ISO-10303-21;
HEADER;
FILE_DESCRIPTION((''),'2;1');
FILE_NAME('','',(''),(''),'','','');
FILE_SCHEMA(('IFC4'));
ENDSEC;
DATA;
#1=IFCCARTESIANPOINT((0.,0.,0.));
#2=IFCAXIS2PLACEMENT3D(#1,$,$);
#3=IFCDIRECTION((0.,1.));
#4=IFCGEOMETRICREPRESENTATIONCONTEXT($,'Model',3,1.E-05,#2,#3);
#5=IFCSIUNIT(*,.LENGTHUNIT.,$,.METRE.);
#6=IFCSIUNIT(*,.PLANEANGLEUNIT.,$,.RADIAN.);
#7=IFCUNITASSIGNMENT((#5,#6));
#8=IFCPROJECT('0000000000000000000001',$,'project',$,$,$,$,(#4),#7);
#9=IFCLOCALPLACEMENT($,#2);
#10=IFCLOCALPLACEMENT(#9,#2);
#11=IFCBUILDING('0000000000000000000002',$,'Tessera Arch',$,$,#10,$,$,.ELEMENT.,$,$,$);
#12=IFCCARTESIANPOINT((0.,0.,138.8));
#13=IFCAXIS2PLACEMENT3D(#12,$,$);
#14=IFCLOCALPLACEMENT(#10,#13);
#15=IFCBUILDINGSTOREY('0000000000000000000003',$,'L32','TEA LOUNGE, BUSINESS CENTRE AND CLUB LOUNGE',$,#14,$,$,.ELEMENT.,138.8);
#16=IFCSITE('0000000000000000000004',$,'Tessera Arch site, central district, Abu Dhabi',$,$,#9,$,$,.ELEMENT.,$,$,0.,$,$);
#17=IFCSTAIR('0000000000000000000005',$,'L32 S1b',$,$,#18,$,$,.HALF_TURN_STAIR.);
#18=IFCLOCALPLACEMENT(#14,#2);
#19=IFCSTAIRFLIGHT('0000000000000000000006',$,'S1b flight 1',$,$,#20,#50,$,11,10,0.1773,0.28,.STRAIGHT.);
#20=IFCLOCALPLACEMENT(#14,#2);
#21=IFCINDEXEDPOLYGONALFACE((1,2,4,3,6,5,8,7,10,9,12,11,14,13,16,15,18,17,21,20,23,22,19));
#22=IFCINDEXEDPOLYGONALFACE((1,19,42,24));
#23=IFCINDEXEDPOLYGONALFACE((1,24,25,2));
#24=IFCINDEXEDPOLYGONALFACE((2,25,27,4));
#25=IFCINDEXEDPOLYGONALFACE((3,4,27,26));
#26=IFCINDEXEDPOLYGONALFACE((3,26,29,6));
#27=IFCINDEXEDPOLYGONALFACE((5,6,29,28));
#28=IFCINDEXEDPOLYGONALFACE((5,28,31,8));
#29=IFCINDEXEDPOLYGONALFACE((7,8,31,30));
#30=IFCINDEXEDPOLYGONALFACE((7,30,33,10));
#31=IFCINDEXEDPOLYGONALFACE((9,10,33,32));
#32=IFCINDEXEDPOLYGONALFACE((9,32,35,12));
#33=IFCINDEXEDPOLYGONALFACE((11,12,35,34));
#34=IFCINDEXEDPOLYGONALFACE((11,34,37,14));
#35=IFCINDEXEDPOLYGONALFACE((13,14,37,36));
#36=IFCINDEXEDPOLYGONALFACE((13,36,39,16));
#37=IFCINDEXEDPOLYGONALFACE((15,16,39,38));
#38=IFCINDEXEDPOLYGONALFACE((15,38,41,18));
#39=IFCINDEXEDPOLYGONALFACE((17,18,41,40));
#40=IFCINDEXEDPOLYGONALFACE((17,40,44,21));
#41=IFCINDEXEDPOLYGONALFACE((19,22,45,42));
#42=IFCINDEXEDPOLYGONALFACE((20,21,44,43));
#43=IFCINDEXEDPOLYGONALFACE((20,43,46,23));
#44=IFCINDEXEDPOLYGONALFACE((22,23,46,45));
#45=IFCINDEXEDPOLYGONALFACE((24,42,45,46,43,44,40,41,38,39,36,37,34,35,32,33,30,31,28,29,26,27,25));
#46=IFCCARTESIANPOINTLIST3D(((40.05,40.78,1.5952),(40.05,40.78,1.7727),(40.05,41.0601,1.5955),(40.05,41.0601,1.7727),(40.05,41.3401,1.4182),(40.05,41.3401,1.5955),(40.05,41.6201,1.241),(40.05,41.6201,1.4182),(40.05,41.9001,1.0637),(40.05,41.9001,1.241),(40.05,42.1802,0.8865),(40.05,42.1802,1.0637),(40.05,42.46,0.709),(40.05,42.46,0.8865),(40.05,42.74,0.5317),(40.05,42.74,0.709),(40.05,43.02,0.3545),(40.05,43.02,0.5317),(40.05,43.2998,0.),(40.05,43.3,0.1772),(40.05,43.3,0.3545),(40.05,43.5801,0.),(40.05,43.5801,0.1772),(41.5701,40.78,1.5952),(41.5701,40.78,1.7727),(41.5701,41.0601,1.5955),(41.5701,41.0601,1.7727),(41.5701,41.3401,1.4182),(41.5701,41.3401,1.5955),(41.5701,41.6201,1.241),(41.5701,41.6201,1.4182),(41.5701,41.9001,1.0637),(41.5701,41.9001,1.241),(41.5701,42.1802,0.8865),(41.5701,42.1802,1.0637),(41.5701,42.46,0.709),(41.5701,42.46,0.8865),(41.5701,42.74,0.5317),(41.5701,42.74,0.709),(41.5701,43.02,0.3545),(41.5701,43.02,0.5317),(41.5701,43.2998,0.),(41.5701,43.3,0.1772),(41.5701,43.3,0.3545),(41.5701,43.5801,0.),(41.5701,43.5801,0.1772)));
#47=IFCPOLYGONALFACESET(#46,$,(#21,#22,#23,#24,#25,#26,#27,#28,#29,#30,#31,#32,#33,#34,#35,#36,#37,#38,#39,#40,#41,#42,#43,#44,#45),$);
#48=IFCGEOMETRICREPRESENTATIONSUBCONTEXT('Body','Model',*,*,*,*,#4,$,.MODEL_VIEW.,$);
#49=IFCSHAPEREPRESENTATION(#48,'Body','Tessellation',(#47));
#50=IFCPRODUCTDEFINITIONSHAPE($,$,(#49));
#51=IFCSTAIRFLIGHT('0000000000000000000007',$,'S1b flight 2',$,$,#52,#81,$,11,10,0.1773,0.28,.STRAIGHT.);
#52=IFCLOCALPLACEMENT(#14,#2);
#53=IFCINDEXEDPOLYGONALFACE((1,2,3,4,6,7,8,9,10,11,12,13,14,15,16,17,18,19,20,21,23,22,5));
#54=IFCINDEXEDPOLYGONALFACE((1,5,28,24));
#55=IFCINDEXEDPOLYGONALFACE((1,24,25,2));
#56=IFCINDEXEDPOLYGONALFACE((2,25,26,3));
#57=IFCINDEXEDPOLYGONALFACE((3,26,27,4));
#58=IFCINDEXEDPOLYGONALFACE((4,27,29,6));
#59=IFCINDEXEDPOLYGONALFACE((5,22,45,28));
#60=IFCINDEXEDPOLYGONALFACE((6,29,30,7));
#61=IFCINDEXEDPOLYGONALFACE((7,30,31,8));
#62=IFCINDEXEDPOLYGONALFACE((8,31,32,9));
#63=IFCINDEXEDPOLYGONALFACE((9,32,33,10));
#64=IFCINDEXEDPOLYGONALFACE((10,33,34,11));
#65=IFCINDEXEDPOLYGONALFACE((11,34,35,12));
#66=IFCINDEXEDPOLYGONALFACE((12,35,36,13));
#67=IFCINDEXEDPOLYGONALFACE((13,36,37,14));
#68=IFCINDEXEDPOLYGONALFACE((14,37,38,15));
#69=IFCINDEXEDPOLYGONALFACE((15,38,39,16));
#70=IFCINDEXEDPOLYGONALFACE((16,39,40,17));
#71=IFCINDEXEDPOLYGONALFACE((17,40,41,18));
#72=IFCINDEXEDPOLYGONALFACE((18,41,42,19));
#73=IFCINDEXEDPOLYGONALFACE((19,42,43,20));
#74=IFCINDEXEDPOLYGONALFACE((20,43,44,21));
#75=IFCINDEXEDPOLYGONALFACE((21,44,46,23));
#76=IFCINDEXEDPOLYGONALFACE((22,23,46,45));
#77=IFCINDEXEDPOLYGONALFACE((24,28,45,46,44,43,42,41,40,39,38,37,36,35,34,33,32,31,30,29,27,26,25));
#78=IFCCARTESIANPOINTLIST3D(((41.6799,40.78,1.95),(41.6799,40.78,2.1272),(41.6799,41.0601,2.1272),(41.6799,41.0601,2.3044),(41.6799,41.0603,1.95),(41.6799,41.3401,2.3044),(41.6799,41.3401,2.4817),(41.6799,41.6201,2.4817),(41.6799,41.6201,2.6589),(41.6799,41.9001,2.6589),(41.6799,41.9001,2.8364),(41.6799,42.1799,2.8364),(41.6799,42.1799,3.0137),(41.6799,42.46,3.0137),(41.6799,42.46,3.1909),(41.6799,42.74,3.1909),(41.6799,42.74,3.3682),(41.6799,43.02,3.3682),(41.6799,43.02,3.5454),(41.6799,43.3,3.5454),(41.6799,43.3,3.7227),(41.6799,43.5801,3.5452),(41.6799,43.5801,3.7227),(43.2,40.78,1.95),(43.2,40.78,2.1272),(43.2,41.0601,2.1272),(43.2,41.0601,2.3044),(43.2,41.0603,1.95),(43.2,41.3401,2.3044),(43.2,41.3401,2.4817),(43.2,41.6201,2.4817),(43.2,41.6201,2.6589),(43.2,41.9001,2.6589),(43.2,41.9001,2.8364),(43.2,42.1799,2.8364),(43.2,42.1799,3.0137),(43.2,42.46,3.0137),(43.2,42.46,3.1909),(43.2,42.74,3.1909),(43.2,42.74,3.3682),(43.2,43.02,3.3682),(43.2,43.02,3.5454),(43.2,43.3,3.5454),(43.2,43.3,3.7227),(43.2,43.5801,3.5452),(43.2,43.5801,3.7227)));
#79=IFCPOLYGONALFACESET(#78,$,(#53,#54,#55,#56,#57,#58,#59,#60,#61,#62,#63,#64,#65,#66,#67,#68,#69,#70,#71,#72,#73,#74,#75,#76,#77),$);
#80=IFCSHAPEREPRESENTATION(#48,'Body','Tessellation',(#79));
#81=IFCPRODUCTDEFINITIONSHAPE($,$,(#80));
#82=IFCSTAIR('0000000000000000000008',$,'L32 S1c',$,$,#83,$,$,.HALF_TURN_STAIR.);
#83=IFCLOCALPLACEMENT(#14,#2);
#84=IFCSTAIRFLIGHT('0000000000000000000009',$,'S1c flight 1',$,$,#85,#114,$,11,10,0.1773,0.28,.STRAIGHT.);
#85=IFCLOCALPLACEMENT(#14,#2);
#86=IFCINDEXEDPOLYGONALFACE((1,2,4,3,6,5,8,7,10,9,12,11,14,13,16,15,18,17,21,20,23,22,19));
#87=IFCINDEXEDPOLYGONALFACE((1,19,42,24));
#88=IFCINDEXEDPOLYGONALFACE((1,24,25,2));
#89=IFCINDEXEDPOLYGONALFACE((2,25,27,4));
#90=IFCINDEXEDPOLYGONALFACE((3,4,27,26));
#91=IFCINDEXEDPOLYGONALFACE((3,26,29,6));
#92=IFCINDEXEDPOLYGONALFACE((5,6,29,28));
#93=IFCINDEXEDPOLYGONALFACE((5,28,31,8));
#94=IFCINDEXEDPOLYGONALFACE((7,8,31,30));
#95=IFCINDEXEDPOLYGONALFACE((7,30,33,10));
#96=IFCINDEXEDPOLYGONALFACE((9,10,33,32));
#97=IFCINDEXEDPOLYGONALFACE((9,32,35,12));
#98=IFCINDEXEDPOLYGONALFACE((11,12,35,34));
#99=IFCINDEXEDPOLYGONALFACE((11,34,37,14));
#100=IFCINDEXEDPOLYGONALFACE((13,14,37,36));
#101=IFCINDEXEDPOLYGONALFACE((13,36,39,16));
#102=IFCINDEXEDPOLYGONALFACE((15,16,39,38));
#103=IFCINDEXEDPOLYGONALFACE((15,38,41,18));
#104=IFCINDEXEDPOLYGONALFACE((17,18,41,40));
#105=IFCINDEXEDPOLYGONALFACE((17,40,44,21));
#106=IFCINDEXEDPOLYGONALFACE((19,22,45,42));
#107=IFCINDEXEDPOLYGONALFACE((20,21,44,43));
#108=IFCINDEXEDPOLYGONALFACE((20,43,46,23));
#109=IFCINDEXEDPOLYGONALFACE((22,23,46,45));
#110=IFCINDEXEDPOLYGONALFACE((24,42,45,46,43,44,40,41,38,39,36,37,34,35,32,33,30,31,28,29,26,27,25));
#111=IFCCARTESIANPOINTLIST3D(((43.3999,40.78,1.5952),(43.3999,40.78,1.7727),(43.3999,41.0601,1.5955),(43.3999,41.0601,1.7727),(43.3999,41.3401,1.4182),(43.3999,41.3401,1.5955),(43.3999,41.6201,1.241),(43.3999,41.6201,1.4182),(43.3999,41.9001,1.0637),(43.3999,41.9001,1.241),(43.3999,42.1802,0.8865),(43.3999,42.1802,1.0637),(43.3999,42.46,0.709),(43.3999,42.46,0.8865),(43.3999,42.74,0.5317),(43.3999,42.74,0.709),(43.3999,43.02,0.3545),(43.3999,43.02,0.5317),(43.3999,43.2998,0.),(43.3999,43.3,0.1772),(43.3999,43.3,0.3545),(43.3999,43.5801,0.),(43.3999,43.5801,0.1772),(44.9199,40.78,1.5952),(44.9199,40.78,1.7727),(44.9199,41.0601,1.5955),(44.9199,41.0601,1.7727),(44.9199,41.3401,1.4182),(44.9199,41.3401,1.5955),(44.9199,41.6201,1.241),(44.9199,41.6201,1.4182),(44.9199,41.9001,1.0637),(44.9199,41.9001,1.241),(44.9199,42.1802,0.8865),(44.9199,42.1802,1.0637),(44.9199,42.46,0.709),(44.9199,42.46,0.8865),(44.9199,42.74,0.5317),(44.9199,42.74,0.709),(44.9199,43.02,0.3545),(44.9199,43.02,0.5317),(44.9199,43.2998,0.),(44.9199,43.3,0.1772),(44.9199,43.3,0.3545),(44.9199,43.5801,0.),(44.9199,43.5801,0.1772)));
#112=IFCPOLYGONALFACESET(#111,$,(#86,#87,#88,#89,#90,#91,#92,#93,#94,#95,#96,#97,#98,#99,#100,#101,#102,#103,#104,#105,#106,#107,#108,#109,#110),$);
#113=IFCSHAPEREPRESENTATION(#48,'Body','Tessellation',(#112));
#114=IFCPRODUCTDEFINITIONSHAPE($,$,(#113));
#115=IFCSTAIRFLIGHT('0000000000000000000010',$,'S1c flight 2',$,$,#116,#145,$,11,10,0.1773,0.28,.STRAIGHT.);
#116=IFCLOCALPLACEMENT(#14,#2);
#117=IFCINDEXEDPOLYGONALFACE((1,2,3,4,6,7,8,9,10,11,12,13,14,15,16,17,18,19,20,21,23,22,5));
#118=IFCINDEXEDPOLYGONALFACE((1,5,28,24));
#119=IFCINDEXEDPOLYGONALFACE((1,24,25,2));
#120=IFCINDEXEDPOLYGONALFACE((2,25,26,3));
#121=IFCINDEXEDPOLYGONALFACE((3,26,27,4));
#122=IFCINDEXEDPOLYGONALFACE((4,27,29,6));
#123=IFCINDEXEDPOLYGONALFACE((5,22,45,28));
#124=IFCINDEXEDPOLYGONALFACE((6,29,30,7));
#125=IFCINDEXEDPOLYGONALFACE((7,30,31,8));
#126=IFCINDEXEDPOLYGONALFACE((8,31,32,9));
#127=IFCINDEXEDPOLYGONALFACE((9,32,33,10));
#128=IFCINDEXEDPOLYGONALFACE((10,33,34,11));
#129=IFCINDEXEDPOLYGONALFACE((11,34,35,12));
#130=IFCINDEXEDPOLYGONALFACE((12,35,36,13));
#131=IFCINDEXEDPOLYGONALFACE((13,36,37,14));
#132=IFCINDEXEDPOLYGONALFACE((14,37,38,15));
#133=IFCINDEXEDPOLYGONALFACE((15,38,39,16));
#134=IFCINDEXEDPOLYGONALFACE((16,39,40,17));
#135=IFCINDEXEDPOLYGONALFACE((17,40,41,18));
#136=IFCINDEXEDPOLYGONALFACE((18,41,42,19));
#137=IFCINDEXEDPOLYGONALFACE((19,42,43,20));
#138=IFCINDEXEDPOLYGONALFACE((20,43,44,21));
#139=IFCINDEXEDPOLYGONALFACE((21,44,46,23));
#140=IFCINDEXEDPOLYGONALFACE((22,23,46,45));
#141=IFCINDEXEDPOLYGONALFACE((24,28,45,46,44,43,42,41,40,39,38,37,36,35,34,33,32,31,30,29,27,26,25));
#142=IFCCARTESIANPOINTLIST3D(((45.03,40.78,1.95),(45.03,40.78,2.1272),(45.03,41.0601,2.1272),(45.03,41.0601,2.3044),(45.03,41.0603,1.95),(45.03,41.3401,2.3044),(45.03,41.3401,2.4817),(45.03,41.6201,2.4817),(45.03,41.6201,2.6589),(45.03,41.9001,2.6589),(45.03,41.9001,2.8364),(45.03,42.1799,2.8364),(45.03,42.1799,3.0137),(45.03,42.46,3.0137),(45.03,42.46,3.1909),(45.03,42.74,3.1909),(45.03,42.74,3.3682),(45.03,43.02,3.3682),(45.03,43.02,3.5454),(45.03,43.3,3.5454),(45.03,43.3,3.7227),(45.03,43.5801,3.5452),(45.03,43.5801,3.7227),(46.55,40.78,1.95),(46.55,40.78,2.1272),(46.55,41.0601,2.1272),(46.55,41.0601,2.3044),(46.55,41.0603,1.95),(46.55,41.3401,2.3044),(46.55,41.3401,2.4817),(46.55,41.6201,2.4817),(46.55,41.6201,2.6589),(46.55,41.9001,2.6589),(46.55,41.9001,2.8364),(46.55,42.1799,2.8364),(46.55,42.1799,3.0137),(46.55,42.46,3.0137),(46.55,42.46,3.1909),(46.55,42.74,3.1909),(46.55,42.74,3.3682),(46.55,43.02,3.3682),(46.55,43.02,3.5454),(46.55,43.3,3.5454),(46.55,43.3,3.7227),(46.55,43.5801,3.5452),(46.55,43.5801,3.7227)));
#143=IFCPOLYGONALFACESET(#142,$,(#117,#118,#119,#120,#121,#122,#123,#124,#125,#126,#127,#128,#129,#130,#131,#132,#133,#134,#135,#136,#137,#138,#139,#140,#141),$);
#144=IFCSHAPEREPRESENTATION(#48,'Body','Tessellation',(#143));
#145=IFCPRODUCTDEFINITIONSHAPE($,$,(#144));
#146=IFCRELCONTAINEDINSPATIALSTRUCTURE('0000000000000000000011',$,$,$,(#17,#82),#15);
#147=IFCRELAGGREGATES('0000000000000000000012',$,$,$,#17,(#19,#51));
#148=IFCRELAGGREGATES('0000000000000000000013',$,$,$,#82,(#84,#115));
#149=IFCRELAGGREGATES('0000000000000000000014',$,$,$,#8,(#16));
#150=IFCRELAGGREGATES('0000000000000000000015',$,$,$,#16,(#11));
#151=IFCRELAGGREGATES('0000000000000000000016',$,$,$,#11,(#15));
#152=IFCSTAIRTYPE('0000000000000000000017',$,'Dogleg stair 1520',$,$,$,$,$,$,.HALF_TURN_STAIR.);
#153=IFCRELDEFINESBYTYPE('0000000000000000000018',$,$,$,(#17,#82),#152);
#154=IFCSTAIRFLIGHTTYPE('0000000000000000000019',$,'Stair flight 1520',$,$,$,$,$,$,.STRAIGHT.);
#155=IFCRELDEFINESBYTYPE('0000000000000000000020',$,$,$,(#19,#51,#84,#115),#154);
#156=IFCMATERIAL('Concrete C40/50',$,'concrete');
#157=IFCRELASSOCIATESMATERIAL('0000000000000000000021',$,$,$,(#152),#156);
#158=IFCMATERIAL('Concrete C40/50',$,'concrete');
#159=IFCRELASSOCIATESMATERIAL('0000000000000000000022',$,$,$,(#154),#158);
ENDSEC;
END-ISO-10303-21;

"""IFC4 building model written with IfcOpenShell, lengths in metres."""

from ifc_helpers import new_model, si_unit, direction, frame, origin, place, context, subcontext, project, spatial, polyline, outline, extrude, material, type_object, element, aggregate, save


model = new_model("IFC4")

# Units and contexts
model_context = context("Model", 3, precision=1e-05, world=origin(), true_north=direction((0.0, 1.0)))
body_context = subcontext(model_context, "Body", "Model", "MODEL_VIEW")
ifc_project = project(units=[si_unit("LENGTHUNIT", "METRE"), si_unit("PLANEANGLEUNIT", "RADIAN")], contexts=[model_context])

# Site, building, storey
site_placement = place(None, origin())
site = spatial("IfcSite", under=ifc_project, at=site_placement, Name="Tessera Arch site, central district, Abu Dhabi", CompositionType="ELEMENT", RefElevation=0.0)
building_placement = place(site_placement, origin())
building = spatial("IfcBuilding", under=site, at=building_placement, Name="Tessera Arch", CompositionType="ELEMENT")
storey_placement = place(building_placement, frame((0.0, 0.0, 138.8)))
storey = spatial("IfcBuildingStorey", under=building, at=storey_placement, Name="L32", Description="TEA LOUNGE, BUSINESS CENTRE AND CLUB LOUNGE", CompositionType="ELEMENT", Elevation=138.8)

# Stairs, stair flights
ifc_material_1 = material(Name="Concrete C40/50", Category="concrete")
stair_type = type_object("IfcStairType", Name="Dogleg stair 1520", PredefinedType="HALF_TURN_STAIR", material=ifc_material_1)
stair_1_placement = place(storey_placement, origin())
stair_1 = element("IfcStair", 1, at=stair_1_placement, inside=storey, type_object=stair_type, Name="L32 S1b", PredefinedType="HALF_TURN_STAIR")
ifc_material_2 = material(Name="Concrete C40/50", Category="concrete")
stair_flight_type = type_object("IfcStairFlightType", Name="Stair flight 1520", PredefinedType="STRAIGHT", material=ifc_material_2)
stair_flight_1_placement = place(storey_placement, frame((40.8101, 43.5801, 0.0), z_axis=(0.0, 0.0, 1.0), x_axis=(0.0, -1.0, 0.0)))
stair_flight_1 = element("IfcStairFlight", 2, at=stair_flight_1_placement, type_object=stair_flight_type, Name="S1b flight 1", NumberOfRisers=11, NumberOfTreads=10, PredefinedType="STRAIGHT", RiserHeight=0.1773, TreadLength=0.28, context=body_context, shape_type="SweptSolid", body=[
    extrude(outline(polyline([(0.0, 0.0), (0.0, 0.1772), (0.28, 0.1772), (0.28, 0.3545), (0.5601, 0.3545), (0.5601, 0.5317), (0.8401, 0.5317), (0.8401, 0.709), (1.1201, 0.709), (1.1201, 0.8865), (1.3999, 0.8865), (1.3999, 1.0637), (1.6799, 1.0637), (1.6799, 1.241), (1.96, 1.241), (1.96, 1.4182), (2.24, 1.4182), (2.24, 1.5955), (2.52, 1.5955), (2.52, 1.7727), (2.8, 1.7727), (2.8, 1.95), (2.8, 1.5952), (0.2803, 0.0), (0.0, 0.0)])), frame((0.0, 0.76, 0.0), z_axis=(0.0, -1.0, 0.0), x_axis=(1.0, 0.0, 0.0)), (0.0, 0.0, 1.0), 1.52),
])
stair_flight_2_placement = place(storey_placement, frame((42.4399, 40.78, 1.95), z_axis=(0.0, 0.0, 1.0), x_axis=(0.0, 1.0, 0.0)))
stair_flight_2 = element("IfcStairFlight", 3, at=stair_flight_2_placement, type_object=stair_flight_type, Name="S1b flight 2", NumberOfRisers=11, NumberOfTreads=10, PredefinedType="STRAIGHT", RiserHeight=0.1773, TreadLength=0.28, context=body_context, shape_type="SweptSolid", body=[
    extrude(outline(polyline([(0.0, 0.0), (0.0, 0.1772), (0.28, 0.1772), (0.28, 0.3545), (0.5601, 0.3545), (0.5601, 0.5317), (0.8401, 0.5317), (0.8401, 0.709), (1.1201, 0.709), (1.1201, 0.8865), (1.3999, 0.8865), (1.3999, 1.0637), (1.6799, 1.0637), (1.6799, 1.241), (1.96, 1.241), (1.96, 1.4182), (2.24, 1.4182), (2.24, 1.5955), (2.52, 1.5955), (2.52, 1.7727), (2.8, 1.7727), (2.8, 1.95), (2.8, 1.5952), (0.2803, 0.0), (0.0, 0.0)])), frame((0.0, 0.76, 0.0), z_axis=(0.0, -1.0, 0.0), x_axis=(1.0, 0.0, 0.0)), (0.0, 0.0, 1.0), 1.52),
])
aggregate(stair_1, [stair_flight_1, stair_flight_2])
stair_2_placement = place(storey_placement, origin())
stair_2 = element("IfcStair", 4, at=stair_2_placement, inside=storey, type_object=stair_type, Name="L32 S1c", PredefinedType="HALF_TURN_STAIR")
stair_flight_3_placement = place(storey_placement, frame((44.1599, 43.5801, 0.0), z_axis=(0.0, 0.0, 1.0), x_axis=(0.0, -1.0, 0.0)))
stair_flight_3 = element("IfcStairFlight", 5, at=stair_flight_3_placement, type_object=stair_flight_type, Name="S1c flight 1", NumberOfRisers=11, NumberOfTreads=10, PredefinedType="STRAIGHT", RiserHeight=0.1773, TreadLength=0.28, context=body_context, shape_type="SweptSolid", body=[
    extrude(outline(polyline([(0.0, 0.0), (0.0, 0.1772), (0.28, 0.1772), (0.28, 0.3545), (0.5601, 0.3545), (0.5601, 0.5317), (0.8401, 0.5317), (0.8401, 0.709), (1.1201, 0.709), (1.1201, 0.8865), (1.3999, 0.8865), (1.3999, 1.0637), (1.6799, 1.0637), (1.6799, 1.241), (1.96, 1.241), (1.96, 1.4182), (2.24, 1.4182), (2.24, 1.5955), (2.52, 1.5955), (2.52, 1.7727), (2.8, 1.7727), (2.8, 1.95), (2.8, 1.5952), (0.2803, 0.0), (0.0, 0.0)])), frame((0.0, 0.76, 0.0), z_axis=(0.0, -1.0, 0.0), x_axis=(1.0, 0.0, 0.0)), (0.0, 0.0, 1.0), 1.52),
])
stair_flight_4_placement = place(storey_placement, frame((45.79, 40.78, 1.95), z_axis=(0.0, 0.0, 1.0), x_axis=(0.0, 1.0, 0.0)))
stair_flight_4 = element("IfcStairFlight", 6, at=stair_flight_4_placement, type_object=stair_flight_type, Name="S1c flight 2", NumberOfRisers=11, NumberOfTreads=10, PredefinedType="STRAIGHT", RiserHeight=0.1773, TreadLength=0.28, context=body_context, shape_type="SweptSolid", body=[
    extrude(outline(polyline([(0.0, 0.0), (0.0, 0.1772), (0.28, 0.1772), (0.28, 0.3545), (0.5601, 0.3545), (0.5601, 0.5317), (0.8401, 0.5317), (0.8401, 0.709), (1.1201, 0.709), (1.1201, 0.8865), (1.3999, 0.8865), (1.3999, 1.0637), (1.6799, 1.0637), (1.6799, 1.241), (1.96, 1.241), (1.96, 1.4182), (2.24, 1.4182), (2.24, 1.5955), (2.52, 1.5955), (2.52, 1.7727), (2.8, 1.7727), (2.8, 1.95), (2.8, 1.5952), (0.2803, 0.0), (0.0, 0.0)])), frame((0.0, 0.76, 0.0), z_axis=(0.0, -1.0, 0.0), x_axis=(1.0, 0.0, 0.0)), (0.0, 0.0, 1.0), 1.52),
])
aggregate(stair_2, [stair_flight_3, stair_flight_4])

save(model, "model.ifc")
